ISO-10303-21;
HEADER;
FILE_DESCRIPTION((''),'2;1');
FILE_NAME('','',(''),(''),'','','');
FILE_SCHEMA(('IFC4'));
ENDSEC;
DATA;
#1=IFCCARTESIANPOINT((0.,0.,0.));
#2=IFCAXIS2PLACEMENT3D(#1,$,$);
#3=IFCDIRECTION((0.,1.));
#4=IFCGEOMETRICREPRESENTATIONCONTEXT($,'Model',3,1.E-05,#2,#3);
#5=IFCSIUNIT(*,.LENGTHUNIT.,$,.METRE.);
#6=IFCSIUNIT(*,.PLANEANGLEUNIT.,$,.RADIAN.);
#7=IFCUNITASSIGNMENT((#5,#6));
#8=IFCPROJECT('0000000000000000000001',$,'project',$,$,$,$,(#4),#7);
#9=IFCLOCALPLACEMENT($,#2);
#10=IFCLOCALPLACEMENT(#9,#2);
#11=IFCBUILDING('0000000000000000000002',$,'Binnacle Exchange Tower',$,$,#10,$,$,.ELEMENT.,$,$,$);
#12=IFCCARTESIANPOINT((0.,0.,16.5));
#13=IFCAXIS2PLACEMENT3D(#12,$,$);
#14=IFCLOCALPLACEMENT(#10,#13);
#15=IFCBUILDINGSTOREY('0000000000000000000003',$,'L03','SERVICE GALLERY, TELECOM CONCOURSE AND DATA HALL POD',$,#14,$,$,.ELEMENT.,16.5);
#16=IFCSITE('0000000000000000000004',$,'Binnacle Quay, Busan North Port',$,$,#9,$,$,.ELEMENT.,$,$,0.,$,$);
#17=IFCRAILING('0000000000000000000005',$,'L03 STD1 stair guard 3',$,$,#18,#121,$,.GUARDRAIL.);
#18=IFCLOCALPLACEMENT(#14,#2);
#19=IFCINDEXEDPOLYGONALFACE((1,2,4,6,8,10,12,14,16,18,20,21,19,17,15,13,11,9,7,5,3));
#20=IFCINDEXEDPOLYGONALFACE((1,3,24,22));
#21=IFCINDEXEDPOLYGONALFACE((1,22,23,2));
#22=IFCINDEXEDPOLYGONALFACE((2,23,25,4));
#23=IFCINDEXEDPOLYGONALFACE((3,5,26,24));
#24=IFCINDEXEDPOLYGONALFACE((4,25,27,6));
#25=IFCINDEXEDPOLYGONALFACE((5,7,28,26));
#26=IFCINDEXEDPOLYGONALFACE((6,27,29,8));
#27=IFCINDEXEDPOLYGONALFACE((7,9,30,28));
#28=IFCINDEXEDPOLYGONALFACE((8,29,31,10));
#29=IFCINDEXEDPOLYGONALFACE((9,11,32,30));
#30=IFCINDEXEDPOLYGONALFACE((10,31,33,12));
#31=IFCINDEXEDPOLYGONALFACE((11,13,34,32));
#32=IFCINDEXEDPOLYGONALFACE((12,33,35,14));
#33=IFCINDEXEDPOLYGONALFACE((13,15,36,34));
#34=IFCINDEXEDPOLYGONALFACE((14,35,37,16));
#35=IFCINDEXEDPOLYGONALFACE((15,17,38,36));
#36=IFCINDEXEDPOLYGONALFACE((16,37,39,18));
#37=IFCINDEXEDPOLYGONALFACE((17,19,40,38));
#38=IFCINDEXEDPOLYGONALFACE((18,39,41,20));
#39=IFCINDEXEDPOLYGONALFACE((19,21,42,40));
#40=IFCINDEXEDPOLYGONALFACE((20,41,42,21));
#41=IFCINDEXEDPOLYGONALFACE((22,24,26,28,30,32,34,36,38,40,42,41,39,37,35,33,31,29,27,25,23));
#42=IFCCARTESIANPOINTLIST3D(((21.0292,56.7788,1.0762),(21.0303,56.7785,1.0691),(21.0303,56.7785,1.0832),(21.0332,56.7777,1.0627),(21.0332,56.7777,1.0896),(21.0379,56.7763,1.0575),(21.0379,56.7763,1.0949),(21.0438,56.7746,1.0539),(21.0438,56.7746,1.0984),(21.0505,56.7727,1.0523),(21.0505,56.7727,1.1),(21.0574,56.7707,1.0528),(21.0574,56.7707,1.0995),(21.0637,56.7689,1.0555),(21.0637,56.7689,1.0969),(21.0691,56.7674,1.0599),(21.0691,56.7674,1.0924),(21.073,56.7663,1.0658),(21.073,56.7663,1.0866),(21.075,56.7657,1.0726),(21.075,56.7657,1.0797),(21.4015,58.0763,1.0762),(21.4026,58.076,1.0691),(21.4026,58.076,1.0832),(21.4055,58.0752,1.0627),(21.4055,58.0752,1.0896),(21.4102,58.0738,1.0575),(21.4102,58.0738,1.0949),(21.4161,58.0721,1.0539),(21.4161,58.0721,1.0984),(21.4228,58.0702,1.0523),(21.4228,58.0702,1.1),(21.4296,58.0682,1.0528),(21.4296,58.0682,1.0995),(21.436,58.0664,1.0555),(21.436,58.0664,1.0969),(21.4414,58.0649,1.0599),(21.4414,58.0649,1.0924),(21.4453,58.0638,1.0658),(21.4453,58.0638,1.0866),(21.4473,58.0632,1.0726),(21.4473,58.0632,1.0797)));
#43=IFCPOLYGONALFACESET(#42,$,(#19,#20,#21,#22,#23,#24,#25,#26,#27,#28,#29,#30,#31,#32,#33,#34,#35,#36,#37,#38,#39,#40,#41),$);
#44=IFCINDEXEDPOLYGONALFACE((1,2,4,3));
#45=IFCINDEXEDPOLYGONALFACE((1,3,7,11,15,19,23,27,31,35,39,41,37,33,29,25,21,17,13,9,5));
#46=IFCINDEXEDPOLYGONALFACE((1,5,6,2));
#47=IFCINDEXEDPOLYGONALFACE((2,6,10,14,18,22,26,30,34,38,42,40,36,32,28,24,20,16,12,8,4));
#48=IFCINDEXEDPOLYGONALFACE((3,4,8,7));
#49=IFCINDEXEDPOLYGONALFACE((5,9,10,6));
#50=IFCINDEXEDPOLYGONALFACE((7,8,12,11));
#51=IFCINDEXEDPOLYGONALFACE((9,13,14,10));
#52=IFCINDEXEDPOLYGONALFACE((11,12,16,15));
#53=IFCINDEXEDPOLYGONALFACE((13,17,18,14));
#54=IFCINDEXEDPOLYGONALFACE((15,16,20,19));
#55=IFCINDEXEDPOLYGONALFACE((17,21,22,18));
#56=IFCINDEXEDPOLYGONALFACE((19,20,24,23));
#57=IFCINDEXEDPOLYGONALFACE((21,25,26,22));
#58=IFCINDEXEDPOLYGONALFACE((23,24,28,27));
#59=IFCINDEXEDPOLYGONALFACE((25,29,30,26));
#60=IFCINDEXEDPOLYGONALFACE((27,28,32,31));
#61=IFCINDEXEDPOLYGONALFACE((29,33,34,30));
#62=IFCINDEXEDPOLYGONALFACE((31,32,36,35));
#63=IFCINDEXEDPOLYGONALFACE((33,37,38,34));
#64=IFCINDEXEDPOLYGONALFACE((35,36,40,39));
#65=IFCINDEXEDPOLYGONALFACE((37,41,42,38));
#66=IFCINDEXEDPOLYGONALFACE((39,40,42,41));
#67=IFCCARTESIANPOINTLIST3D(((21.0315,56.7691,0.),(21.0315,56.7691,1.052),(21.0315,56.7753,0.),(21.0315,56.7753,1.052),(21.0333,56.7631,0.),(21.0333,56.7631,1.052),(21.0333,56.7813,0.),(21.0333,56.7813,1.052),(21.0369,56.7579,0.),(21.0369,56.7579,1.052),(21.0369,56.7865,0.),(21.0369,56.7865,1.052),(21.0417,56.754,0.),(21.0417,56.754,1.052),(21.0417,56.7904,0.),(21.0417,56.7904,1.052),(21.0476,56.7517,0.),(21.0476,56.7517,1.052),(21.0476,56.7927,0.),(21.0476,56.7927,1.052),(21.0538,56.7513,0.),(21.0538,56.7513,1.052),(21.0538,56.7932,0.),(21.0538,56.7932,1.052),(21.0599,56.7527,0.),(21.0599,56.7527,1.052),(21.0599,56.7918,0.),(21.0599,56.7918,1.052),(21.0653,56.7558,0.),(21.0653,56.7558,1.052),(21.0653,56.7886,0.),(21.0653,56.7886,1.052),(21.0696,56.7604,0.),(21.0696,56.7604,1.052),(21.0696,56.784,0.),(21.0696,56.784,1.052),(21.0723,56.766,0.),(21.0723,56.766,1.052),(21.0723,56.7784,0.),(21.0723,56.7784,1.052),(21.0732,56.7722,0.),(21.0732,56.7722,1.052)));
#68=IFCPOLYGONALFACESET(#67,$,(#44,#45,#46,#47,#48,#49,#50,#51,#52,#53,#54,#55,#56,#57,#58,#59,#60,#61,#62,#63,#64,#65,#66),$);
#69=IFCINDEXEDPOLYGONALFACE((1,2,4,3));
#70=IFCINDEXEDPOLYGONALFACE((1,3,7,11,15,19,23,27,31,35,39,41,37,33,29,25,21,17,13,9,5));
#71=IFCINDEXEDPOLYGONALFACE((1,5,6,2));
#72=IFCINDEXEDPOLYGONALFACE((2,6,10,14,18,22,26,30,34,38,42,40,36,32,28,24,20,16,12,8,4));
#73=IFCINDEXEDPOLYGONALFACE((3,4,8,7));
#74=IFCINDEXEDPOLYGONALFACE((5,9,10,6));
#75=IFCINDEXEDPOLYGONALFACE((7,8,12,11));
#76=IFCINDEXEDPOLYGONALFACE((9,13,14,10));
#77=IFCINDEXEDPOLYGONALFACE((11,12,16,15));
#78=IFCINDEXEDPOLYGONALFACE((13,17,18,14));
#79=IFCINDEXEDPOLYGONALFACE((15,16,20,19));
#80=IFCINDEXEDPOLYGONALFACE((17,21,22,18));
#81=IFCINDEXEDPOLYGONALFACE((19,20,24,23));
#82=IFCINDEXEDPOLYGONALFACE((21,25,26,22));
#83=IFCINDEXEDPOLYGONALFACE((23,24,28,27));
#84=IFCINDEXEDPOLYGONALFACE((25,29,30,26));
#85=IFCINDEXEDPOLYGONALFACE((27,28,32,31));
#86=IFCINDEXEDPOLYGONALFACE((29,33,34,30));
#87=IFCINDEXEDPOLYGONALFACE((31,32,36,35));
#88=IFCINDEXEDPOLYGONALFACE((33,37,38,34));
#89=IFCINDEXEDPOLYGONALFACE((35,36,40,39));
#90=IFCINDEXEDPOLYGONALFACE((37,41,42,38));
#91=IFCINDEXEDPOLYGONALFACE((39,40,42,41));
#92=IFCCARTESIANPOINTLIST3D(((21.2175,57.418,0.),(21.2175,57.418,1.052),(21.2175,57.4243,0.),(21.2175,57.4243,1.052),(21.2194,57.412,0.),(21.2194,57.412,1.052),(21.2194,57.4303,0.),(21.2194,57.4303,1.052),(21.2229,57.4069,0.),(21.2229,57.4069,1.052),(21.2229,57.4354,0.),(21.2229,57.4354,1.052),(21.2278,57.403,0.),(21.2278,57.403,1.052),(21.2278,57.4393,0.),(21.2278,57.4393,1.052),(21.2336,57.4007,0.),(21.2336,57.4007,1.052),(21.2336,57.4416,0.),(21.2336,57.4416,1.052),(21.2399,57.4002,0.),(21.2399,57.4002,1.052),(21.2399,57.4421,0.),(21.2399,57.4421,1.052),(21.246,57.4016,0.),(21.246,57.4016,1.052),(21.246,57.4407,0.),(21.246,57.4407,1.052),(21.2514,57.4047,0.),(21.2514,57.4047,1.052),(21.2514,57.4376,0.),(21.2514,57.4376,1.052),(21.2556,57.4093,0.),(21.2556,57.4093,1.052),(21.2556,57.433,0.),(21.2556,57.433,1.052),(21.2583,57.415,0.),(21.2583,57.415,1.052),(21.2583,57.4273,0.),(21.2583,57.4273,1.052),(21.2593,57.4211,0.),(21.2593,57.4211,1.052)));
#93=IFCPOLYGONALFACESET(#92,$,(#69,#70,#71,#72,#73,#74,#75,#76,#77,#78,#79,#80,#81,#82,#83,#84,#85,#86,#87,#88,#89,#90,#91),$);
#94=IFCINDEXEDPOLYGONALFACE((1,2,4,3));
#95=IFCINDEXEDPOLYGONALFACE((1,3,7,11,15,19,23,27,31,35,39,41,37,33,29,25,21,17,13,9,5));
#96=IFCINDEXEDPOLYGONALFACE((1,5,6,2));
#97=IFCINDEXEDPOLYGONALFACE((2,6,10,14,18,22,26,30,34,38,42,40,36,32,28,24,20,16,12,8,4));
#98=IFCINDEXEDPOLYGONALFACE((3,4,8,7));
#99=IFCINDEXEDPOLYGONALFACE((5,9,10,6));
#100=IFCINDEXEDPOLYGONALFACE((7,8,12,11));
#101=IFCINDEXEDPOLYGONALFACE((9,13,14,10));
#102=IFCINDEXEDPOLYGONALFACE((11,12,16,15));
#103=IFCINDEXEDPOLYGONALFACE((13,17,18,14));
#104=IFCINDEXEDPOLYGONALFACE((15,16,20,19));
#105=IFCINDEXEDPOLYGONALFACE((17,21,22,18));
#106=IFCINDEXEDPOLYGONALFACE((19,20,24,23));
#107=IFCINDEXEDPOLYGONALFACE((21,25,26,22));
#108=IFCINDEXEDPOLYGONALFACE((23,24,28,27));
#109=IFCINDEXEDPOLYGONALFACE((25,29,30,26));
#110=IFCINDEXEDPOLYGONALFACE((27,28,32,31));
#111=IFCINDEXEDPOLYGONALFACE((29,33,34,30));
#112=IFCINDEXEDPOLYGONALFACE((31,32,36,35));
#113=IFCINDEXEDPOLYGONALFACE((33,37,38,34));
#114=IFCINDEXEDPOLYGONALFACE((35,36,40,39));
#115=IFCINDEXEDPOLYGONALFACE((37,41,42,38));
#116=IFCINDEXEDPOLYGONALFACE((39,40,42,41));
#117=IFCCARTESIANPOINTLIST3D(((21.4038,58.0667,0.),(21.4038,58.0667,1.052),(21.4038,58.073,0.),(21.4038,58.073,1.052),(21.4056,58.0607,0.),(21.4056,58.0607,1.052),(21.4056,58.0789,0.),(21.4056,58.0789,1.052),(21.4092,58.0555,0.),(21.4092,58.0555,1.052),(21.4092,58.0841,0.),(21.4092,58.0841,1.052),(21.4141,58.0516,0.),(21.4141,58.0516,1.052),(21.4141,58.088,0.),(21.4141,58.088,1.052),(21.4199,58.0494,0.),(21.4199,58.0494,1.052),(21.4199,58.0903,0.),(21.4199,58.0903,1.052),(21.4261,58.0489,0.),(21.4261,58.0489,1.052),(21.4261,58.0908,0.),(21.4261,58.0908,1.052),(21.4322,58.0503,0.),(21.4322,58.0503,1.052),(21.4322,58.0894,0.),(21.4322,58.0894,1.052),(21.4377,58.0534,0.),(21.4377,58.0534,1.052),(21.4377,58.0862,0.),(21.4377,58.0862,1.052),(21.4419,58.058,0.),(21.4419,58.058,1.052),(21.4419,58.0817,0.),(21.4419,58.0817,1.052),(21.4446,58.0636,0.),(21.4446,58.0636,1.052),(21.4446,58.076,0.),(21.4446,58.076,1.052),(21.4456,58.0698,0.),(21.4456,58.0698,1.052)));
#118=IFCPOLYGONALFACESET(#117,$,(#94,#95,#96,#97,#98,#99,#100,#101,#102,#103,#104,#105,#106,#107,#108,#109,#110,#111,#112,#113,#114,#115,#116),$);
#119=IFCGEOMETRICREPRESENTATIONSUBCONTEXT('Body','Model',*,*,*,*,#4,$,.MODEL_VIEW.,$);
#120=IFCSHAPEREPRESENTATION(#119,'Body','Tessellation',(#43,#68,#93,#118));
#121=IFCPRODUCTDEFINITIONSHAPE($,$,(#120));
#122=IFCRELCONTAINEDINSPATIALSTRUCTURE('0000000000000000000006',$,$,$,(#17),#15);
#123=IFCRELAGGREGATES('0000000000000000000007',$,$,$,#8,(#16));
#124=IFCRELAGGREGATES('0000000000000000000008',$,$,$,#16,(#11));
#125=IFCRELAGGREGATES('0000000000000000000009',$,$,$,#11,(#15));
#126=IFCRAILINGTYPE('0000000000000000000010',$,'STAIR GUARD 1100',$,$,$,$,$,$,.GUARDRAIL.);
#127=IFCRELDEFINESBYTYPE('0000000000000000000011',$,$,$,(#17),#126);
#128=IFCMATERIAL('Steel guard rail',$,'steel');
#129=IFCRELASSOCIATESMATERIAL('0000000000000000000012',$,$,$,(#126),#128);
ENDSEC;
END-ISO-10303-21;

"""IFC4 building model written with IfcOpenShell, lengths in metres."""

from ifc_helpers import new_model, si_unit, direction, frame, origin, origin_2d, place, context, subcontext, project, spatial, circle, extrude, material, type_object, element, save


model = new_model("IFC4")

# Units and contexts
model_context = context("Model", 3, precision=1e-05, world=origin(), true_north=direction((0.0, 1.0)))
body_context = subcontext(model_context, "Body", "Model", "MODEL_VIEW")
ifc_project = project(units=[si_unit("LENGTHUNIT", "METRE"), si_unit("PLANEANGLEUNIT", "RADIAN")], contexts=[model_context])

# Site, building, storey
site_placement = place(None, origin())
site = spatial("IfcSite", under=ifc_project, at=site_placement, Name="Binnacle Quay, Busan North Port", CompositionType="ELEMENT", RefElevation=0.0)
building_placement = place(site_placement, origin())
building = spatial("IfcBuilding", under=site, at=building_placement, Name="Binnacle Exchange Tower", CompositionType="ELEMENT")
storey_placement = place(building_placement, frame((0.0, 0.0, 16.5)))
storey = spatial("IfcBuildingStorey", under=building, at=storey_placement, Name="L03", Description="SERVICE GALLERY, TELECOM CONCOURSE AND DATA HALL POD", CompositionType="ELEMENT", Elevation=16.5)

# Railing
ifc_material_1 = material(Name="Steel guard rail", Category="steel")
railing_type_1 = type_object("IfcRailingType", Name="STAIR GUARD 1100", PredefinedType="GUARDRAIL", material=ifc_material_1)
railing_1_placement = place(storey_placement, frame((21.0522, 56.7722, 0.0)))
element("IfcRailing", 1, at=railing_1_placement, inside=storey, type_object=railing_type_1, Name="L03 STD1 stair guard 3", PredefinedType="GUARDRAIL", context=body_context, shape_type="SweptSolid", body=[
    extrude(circle(Radius=0.0239, at=origin_2d()), frame((0.0, 0.0, 1.0762), z_axis=(0.275796, 0.961216, 0.0), x_axis=(-0.961216, 0.275796, 0.0)), (0.0, 0.0, 1.0), 1.3499),
    extrude(circle(Radius=0.021, at=origin_2d()), origin(), (0.0, 0.0, 1.0), 1.052),
    extrude(circle(Radius=0.021, at=origin_2d()), frame((0.186, 0.6489, 0.0)), (0.0, 0.0, 1.0), 1.052),
    extrude(circle(Radius=0.021, at=origin_2d()), frame((0.3723, 1.2976, 0.0)), (0.0, 0.0, 1.0), 1.052),
])

save(model, "model.ifc")
